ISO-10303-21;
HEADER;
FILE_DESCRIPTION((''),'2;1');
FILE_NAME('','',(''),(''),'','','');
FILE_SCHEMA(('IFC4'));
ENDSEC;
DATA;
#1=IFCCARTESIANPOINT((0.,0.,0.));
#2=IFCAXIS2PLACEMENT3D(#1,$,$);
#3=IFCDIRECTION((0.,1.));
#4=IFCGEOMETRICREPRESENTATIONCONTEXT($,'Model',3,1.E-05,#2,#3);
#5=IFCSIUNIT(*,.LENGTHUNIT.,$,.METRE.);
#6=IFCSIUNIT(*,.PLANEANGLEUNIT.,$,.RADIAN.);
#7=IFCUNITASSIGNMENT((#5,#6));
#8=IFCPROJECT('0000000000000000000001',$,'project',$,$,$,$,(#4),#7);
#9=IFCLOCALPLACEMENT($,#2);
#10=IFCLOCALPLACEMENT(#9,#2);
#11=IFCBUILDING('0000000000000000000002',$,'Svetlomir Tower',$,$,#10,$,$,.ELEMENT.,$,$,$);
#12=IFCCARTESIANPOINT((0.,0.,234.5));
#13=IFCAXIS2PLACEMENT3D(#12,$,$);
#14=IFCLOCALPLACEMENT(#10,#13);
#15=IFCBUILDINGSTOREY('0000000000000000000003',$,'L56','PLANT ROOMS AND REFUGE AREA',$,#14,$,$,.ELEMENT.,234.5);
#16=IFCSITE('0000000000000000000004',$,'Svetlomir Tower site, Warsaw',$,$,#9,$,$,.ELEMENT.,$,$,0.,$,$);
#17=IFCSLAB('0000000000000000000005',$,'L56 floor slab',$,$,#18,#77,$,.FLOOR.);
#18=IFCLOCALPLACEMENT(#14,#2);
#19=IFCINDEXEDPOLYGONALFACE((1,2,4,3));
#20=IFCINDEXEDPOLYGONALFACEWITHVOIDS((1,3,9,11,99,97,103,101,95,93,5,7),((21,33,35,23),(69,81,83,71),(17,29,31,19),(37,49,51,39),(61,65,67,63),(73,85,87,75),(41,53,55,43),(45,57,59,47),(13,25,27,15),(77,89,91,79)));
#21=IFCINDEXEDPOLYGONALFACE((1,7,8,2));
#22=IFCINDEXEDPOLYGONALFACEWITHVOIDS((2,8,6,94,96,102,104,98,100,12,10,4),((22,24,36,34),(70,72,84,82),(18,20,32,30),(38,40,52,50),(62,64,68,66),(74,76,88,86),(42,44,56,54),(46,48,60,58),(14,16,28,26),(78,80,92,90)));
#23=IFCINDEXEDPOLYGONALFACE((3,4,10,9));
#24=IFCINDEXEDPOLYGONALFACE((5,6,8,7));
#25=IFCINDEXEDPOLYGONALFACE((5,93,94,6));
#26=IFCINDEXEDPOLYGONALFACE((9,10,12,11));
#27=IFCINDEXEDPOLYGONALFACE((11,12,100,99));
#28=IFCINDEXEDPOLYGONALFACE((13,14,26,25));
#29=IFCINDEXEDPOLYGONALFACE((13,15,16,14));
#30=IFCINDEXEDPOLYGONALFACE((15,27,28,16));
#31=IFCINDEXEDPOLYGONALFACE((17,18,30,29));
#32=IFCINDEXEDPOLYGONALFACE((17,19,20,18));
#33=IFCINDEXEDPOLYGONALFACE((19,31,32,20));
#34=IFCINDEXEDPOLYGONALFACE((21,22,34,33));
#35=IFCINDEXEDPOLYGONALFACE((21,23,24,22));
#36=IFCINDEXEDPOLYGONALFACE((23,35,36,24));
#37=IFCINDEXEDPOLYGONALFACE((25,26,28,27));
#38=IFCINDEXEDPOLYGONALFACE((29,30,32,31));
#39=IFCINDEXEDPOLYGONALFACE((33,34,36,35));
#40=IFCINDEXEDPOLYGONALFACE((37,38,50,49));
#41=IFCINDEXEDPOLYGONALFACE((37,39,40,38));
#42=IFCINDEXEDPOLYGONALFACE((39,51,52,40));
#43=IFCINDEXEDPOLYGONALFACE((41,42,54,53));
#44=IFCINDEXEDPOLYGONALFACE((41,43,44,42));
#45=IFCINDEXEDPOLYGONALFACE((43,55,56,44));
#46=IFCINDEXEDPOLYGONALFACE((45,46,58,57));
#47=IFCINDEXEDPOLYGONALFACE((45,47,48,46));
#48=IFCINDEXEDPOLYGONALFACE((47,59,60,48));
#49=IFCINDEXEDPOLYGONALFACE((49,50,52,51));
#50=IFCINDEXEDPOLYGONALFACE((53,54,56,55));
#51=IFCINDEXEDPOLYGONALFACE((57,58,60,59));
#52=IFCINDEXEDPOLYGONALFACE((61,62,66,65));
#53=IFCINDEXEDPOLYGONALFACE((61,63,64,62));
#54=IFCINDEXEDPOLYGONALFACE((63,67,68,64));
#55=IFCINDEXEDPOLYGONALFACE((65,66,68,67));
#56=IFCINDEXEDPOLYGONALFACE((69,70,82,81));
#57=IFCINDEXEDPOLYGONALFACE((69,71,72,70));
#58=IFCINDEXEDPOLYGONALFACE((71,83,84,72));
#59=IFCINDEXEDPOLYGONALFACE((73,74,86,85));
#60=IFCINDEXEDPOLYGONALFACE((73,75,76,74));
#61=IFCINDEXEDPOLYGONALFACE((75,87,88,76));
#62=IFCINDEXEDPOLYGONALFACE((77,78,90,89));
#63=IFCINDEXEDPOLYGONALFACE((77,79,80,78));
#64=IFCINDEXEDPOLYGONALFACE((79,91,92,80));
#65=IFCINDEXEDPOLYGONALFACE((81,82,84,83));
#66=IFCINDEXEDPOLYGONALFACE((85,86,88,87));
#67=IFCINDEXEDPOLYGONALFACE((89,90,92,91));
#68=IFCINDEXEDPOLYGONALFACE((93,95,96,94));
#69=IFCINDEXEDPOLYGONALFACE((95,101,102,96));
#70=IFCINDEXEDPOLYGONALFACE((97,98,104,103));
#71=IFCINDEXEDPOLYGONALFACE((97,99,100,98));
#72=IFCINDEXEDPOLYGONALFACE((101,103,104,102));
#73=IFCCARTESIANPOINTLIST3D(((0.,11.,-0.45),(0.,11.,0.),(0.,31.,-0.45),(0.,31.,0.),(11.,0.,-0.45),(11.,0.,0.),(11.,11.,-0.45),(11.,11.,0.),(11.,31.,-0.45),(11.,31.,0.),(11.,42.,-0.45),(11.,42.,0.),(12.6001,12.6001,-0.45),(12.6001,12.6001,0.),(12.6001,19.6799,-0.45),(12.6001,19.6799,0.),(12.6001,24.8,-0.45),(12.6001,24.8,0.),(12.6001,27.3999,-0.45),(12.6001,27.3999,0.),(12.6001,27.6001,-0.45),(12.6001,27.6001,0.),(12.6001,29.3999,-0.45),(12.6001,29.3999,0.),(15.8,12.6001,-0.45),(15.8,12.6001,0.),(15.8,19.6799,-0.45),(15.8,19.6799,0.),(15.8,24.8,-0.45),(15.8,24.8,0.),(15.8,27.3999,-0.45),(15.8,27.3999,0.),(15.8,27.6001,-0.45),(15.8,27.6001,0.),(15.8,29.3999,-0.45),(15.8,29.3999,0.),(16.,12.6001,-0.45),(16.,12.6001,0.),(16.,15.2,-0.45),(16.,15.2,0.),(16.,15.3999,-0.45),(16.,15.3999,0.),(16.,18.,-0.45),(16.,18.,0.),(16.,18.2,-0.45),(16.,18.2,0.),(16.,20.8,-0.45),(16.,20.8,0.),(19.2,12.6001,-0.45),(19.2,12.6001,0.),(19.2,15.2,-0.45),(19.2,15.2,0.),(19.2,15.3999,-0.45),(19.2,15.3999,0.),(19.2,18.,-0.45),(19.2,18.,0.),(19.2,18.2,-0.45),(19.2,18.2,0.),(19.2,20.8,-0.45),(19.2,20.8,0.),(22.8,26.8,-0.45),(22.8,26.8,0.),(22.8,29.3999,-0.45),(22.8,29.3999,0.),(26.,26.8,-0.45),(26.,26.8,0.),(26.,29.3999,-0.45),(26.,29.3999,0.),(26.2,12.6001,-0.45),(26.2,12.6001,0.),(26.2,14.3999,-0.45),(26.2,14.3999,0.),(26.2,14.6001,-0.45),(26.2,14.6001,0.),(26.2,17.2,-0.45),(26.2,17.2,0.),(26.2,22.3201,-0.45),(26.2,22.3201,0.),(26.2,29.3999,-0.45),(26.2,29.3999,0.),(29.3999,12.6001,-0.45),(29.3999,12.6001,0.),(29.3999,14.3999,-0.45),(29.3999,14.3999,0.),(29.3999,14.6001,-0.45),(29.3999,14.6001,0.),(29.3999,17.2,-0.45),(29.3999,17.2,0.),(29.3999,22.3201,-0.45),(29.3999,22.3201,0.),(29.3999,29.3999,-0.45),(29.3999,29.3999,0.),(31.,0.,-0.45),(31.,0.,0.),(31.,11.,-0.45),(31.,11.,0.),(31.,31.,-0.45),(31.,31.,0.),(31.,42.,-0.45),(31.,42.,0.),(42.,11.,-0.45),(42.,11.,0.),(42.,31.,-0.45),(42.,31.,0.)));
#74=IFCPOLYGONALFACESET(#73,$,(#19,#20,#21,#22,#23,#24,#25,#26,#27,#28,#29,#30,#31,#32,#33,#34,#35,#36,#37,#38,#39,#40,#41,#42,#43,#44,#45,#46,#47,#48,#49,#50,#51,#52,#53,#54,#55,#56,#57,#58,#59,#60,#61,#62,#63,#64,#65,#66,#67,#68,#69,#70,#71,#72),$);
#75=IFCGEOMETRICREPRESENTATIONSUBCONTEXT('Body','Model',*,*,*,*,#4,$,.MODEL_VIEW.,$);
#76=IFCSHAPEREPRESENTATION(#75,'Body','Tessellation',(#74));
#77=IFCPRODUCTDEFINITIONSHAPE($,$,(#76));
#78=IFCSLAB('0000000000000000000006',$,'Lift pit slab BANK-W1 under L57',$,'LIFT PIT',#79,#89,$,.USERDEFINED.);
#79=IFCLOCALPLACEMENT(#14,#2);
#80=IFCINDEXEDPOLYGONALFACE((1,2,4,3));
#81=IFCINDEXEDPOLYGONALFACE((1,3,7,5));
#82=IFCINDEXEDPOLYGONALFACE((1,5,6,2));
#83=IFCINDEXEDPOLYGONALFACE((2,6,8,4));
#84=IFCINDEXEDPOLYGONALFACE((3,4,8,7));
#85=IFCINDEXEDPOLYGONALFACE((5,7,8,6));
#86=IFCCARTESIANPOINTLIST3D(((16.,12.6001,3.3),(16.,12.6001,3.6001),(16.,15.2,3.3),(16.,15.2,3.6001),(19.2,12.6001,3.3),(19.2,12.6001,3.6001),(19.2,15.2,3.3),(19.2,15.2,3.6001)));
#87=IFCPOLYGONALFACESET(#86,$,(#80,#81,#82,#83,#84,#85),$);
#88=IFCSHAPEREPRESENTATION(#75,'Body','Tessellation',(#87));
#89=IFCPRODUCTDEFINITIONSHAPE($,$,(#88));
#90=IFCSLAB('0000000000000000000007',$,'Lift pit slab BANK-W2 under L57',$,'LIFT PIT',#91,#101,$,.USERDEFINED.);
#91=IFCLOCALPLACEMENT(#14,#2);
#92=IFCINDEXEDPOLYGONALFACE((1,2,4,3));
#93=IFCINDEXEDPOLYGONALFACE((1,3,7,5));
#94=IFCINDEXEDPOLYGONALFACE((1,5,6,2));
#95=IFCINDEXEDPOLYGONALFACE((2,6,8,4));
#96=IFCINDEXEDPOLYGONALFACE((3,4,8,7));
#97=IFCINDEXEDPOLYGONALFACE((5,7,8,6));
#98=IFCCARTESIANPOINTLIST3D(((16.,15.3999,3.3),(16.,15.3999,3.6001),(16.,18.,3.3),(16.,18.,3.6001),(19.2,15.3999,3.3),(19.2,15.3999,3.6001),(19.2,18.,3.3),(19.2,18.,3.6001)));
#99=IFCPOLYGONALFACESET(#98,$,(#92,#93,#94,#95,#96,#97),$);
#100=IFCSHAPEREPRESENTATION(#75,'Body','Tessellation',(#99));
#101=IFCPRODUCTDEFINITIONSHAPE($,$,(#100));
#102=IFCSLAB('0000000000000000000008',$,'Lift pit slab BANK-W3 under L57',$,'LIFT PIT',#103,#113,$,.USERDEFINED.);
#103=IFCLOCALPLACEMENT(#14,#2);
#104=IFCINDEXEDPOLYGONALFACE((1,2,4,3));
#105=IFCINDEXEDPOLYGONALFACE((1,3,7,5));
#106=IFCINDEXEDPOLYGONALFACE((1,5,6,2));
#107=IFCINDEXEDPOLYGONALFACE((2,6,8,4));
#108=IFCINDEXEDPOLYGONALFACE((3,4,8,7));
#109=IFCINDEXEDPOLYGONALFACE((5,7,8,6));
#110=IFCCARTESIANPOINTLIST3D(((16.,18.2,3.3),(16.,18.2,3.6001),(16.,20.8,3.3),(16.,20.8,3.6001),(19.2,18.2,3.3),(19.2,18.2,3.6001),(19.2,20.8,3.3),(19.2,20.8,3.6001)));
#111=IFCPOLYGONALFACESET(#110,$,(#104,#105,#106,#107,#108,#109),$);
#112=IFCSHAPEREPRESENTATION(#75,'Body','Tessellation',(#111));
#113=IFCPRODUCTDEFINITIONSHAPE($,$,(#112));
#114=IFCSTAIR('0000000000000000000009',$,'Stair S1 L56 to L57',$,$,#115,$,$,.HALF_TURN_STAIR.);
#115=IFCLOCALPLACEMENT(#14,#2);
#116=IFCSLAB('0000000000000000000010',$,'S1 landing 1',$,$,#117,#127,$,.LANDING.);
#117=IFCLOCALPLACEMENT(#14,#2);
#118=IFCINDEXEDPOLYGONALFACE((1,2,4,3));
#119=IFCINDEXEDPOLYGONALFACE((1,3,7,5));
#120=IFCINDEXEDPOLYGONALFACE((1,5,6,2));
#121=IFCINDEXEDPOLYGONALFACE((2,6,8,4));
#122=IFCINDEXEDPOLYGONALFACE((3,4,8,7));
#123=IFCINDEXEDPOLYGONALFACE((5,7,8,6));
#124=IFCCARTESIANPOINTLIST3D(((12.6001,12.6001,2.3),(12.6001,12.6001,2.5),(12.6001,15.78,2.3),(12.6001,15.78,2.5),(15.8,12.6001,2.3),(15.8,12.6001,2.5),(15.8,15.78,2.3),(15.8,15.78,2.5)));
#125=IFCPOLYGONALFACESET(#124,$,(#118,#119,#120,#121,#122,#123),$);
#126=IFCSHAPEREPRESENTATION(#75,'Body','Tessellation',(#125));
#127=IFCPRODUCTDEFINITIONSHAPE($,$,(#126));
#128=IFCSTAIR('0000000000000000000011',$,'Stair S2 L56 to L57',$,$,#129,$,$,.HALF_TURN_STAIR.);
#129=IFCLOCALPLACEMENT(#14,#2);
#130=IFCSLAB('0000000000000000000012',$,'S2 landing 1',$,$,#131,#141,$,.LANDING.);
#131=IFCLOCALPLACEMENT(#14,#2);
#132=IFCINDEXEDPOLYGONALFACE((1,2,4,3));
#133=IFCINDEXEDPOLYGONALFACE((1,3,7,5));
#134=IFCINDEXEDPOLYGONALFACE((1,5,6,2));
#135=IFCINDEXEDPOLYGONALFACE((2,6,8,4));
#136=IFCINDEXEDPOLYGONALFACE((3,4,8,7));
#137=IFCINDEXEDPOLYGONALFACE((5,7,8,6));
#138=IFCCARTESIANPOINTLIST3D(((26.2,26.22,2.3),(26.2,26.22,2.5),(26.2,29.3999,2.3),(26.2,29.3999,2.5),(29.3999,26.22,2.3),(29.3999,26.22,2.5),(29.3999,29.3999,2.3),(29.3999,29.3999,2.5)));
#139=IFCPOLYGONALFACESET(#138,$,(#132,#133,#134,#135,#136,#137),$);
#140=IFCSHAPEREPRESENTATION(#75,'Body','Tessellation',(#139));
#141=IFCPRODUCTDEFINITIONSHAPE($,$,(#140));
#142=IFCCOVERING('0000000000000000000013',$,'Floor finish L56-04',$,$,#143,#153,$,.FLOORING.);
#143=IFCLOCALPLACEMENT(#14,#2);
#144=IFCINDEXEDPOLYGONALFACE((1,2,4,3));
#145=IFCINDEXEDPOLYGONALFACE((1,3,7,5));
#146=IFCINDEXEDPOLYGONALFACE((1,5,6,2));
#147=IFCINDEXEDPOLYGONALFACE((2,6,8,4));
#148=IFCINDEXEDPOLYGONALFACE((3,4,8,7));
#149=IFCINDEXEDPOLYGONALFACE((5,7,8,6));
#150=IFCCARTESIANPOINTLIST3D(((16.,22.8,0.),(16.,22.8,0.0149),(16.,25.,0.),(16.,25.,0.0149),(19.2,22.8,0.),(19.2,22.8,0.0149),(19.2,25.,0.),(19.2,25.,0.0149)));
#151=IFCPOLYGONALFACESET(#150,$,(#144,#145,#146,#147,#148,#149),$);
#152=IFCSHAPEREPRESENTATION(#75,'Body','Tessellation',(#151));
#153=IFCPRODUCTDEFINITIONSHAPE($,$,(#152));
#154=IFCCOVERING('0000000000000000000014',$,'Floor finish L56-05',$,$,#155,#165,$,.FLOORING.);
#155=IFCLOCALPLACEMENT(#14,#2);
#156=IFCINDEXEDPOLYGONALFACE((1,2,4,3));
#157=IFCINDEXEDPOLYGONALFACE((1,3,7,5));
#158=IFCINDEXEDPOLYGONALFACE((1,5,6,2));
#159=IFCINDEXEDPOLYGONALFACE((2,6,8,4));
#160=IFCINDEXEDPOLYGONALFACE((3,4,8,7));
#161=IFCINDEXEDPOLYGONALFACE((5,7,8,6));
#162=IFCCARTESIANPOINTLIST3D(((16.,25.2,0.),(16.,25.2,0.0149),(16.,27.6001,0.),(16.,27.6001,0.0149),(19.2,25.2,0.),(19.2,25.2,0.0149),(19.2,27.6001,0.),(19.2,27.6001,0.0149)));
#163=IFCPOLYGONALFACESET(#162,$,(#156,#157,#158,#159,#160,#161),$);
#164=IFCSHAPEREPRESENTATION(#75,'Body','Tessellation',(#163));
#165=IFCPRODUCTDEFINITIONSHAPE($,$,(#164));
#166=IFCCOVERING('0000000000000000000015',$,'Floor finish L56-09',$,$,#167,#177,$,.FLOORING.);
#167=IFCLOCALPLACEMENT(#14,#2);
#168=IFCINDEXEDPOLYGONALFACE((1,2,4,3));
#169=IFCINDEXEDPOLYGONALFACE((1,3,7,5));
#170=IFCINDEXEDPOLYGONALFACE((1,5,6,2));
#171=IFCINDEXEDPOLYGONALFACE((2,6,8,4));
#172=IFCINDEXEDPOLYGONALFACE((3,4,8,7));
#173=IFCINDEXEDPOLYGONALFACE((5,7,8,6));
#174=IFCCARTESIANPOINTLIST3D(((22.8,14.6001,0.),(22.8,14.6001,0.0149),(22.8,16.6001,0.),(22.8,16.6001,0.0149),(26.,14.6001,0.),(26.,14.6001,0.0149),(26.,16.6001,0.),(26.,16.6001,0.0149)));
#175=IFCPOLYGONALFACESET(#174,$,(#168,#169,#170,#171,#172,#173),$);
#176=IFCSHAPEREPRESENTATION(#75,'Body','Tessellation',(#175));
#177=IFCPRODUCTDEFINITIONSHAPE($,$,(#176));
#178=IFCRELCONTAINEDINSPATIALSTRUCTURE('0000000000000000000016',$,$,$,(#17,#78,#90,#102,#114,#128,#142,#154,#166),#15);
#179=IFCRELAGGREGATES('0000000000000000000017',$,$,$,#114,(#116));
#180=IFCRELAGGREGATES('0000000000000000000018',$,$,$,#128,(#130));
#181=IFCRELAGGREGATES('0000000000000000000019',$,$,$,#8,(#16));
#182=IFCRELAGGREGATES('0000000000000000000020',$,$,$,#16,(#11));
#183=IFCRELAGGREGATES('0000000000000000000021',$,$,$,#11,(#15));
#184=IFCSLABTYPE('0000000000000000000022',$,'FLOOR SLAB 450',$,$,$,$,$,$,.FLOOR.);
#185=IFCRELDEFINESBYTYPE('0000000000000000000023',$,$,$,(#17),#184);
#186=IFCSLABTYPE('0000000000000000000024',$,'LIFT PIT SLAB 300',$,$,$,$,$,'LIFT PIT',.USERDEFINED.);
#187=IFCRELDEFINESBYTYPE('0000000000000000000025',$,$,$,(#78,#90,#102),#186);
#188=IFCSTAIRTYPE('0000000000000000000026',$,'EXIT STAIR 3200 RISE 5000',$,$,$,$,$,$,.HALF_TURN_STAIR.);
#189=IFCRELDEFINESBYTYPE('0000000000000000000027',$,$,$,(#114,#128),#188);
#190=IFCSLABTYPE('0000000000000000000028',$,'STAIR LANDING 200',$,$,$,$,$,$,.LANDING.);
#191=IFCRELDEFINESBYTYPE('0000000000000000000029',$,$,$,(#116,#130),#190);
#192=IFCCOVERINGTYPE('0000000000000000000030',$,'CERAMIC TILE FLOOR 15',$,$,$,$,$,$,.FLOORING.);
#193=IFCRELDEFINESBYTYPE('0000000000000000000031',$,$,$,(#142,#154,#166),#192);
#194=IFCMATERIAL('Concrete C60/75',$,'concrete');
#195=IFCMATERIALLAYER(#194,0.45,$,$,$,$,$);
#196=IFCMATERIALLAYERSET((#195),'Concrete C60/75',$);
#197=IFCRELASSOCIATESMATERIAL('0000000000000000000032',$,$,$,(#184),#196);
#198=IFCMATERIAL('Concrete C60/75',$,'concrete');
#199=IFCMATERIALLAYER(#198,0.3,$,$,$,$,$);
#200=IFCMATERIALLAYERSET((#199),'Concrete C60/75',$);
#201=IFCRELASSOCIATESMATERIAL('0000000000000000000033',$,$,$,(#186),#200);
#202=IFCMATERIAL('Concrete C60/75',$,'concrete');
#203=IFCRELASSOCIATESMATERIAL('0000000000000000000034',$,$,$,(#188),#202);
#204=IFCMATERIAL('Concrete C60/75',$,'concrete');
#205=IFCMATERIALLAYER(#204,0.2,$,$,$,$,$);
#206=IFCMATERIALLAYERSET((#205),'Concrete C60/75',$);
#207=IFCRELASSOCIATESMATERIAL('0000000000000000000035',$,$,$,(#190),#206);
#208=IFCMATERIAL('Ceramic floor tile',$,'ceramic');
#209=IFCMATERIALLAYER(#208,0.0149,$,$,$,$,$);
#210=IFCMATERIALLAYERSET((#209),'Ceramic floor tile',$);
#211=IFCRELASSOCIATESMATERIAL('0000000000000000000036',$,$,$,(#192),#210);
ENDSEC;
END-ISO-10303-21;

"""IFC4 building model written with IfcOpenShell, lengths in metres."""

from ifc_helpers import new_model, si_unit, direction, frame, origin, place, context, subcontext, project, spatial, polyline, outline, extrude, material, layer, layer_set, type_object, element, aggregate, save


model = new_model("IFC4")

# Units and contexts
model_context = context("Model", 3, precision=1e-05, world=origin(), true_north=direction((0.0, 1.0)))
body_context = subcontext(model_context, "Body", "Model", "MODEL_VIEW")
ifc_project = project(units=[si_unit("LENGTHUNIT", "METRE"), si_unit("PLANEANGLEUNIT", "RADIAN")], contexts=[model_context])

# Site, building, storey
site_placement = place(None, origin())
site = spatial("IfcSite", under=ifc_project, at=site_placement, Name="Svetlomir Tower site, Warsaw", CompositionType="ELEMENT", RefElevation=0.0)
building_placement = place(site_placement, origin())
building = spatial("IfcBuilding", under=site, at=building_placement, Name="Svetlomir Tower", CompositionType="ELEMENT")
storey_placement = place(building_placement, frame((0.0, 0.0, 234.5)))
storey = spatial("IfcBuildingStorey", under=building, at=storey_placement, Name="L56", Description="PLANT ROOMS AND REFUGE AREA", CompositionType="ELEMENT", Elevation=234.5)

# Slabs
ifc_material_1 = material(Name="Concrete C60/75", Category="concrete")
ifc_layer_1 = layer(ifc_material_1, 0.45)
ifc_layer_set_1 = layer_set([ifc_layer_1], Name="Concrete C60/75")
slab_type_1 = type_object("IfcSlabType", Name="FLOOR SLAB 450", PredefinedType="FLOOR", material=ifc_layer_set_1)
slab_1_placement = place(storey_placement, frame((0.0, 0.0, -0.45)))
element("IfcSlab", 1, at=slab_1_placement, inside=storey, type_object=slab_type_1, Name="L56 floor slab", PredefinedType="FLOOR", context=body_context, shape_type="SweptSolid", body=[
    extrude(outline(polyline([(11.0, 0.0), (31.0, 0.0), (31.0, 11.0), (42.0, 11.0), (42.0, 31.0), (31.0, 31.0), (31.0, 42.0), (11.0, 42.0), (11.0, 31.0), (0.0, 31.0), (0.0, 11.0), (11.0, 11.0), (11.0, 0.0)]), holes=[polyline([(12.6001, 24.8), (15.8, 24.8), (15.8, 27.3999), (12.6001, 27.3999), (12.6001, 24.8)]), polyline([(26.2, 14.6001), (29.3999, 14.6001), (29.3999, 17.2), (26.2, 17.2), (26.2, 14.6001)]), polyline([(16.0, 12.6001), (19.2, 12.6001), (19.2, 15.2), (16.0, 15.2), (16.0, 12.6001)]), polyline([(16.0, 15.3999), (19.2, 15.3999), (19.2, 18.0), (16.0, 18.0), (16.0, 15.3999)]), polyline([(16.0, 18.2), (19.2, 18.2), (19.2, 20.8), (16.0, 20.8), (16.0, 18.2)]), polyline([(22.8, 26.8), (26.0, 26.8), (26.0, 29.3999), (22.8, 29.3999), (22.8, 26.8)]), polyline([(12.6001, 27.6001), (15.8, 27.6001), (15.8, 29.3999), (12.6001, 29.3999), (12.6001, 27.6001)]), polyline([(26.2, 12.6001), (29.3999, 12.6001), (29.3999, 14.3999), (26.2, 14.3999), (26.2, 12.6001)]), polyline([(12.6001, 12.6001), (15.8, 12.6001), (15.8, 19.6799), (12.6001, 19.6799), (12.6001, 12.6001)]), polyline([(26.2, 22.3201), (29.3999, 22.3201), (29.3999, 29.3999), (26.2, 29.3999), (26.2, 22.3201)])]), origin(), (0.0, 0.0, 1.0), 0.45),
])
ifc_material_2 = material(Name="Concrete C60/75", Category="concrete")
ifc_layer_2 = layer(ifc_material_2, 0.3)
ifc_layer_set_2 = layer_set([ifc_layer_2], Name="Concrete C60/75")
slab_type_2 = type_object("IfcSlabType", Name="LIFT PIT SLAB 300", ElementType="LIFT PIT", PredefinedType="USERDEFINED", material=ifc_layer_set_2)
slab_2_placement = place(storey_placement, frame((0.0, 0.0, 3.3)))
element("IfcSlab", 2, at=slab_2_placement, inside=storey, type_object=slab_type_2, Name="Lift pit slab BANK-W1 under L57", ObjectType="LIFT PIT", PredefinedType="USERDEFINED", context=body_context, shape_type="SweptSolid", body=[
    extrude(outline(polyline([(16.0, 12.6001), (19.2, 12.6001), (19.2, 15.2), (16.0, 15.2), (16.0, 12.6001)])), origin(), (0.0, 0.0, 1.0), 0.3),
])
slab_3_placement = place(storey_placement, frame((0.0, 0.0, 3.3)))
element("IfcSlab", 3, at=slab_3_placement, inside=storey, type_object=slab_type_2, Name="Lift pit slab BANK-W2 under L57", ObjectType="LIFT PIT", PredefinedType="USERDEFINED", context=body_context, shape_type="SweptSolid", body=[
    extrude(outline(polyline([(16.0, 15.3999), (19.2, 15.3999), (19.2, 18.0), (16.0, 18.0), (16.0, 15.3999)])), origin(), (0.0, 0.0, 1.0), 0.3),
])
slab_4_placement = place(storey_placement, frame((0.0, 0.0, 3.3)))
element("IfcSlab", 4, at=slab_4_placement, inside=storey, type_object=slab_type_2, Name="Lift pit slab BANK-W3 under L57", ObjectType="LIFT PIT", PredefinedType="USERDEFINED", context=body_context, shape_type="SweptSolid", body=[
    extrude(outline(polyline([(16.0, 18.2), (19.2, 18.2), (19.2, 20.8), (16.0, 20.8), (16.0, 18.2)])), origin(), (0.0, 0.0, 1.0), 0.3),
])

# Stairs, slabs
ifc_material_3 = material(Name="Concrete C60/75", Category="concrete")
stair_type = type_object("IfcStairType", Name="EXIT STAIR 3200 RISE 5000", PredefinedType="HALF_TURN_STAIR", material=ifc_material_3)
stair_1_placement = place(storey_placement, origin())
stair_1 = element("IfcStair", 5, at=stair_1_placement, inside=storey, type_object=stair_type, Name="Stair S1 L56 to L57", PredefinedType="HALF_TURN_STAIR")
ifc_material_4 = material(Name="Concrete C60/75", Category="concrete")
ifc_layer_3 = layer(ifc_material_4, 0.2)
ifc_layer_set_3 = layer_set([ifc_layer_3], Name="Concrete C60/75")
slab_type_3 = type_object("IfcSlabType", Name="STAIR LANDING 200", PredefinedType="LANDING", material=ifc_layer_set_3)
slab_5_placement = place(storey_placement, frame((0.0, 0.0, 2.3)))
slab_5 = element("IfcSlab", 6, at=slab_5_placement, type_object=slab_type_3, Name="S1 landing 1", PredefinedType="LANDING", context=body_context, shape_type="SweptSolid", body=[
    extrude(outline(polyline([(12.6001, 12.6001), (15.8, 12.6001), (15.8, 15.78), (12.6001, 15.78), (12.6001, 12.6001)])), origin(), (0.0, 0.0, 1.0), 0.2),
])
aggregate(stair_1, [slab_5])
stair_2_placement = place(storey_placement, origin())
stair_2 = element("IfcStair", 7, at=stair_2_placement, inside=storey, type_object=stair_type, Name="Stair S2 L56 to L57", PredefinedType="HALF_TURN_STAIR")
slab_6_placement = place(storey_placement, frame((0.0, 0.0, 2.3)))
slab_6 = element("IfcSlab", 8, at=slab_6_placement, type_object=slab_type_3, Name="S2 landing 1", PredefinedType="LANDING", context=body_context, shape_type="SweptSolid", body=[
    extrude(outline(polyline([(26.2, 26.22), (29.3999, 26.22), (29.3999, 29.3999), (26.2, 29.3999), (26.2, 26.22)])), origin(), (0.0, 0.0, 1.0), 0.2),
])
aggregate(stair_2, [slab_6])

# Coverings
ifc_material_5 = material(Name="Ceramic floor tile", Category="ceramic")
ifc_layer_4 = layer(ifc_material_5, 0.0149)
ifc_layer_set_4 = layer_set([ifc_layer_4], Name="Ceramic floor tile")
covering_type_1 = type_object("IfcCoveringType", Name="CERAMIC TILE FLOOR 15", PredefinedType="FLOORING", material=ifc_layer_set_4)
covering_1_placement = place(storey_placement, origin())
element("IfcCovering", 9, at=covering_1_placement, inside=storey, type_object=covering_type_1, Name="Floor finish L56-04", PredefinedType="FLOORING", context=body_context, shape_type="SweptSolid", body=[
    extrude(outline(polyline([(16.0, 22.8), (19.2, 22.8), (19.2, 25.0), (16.0, 25.0), (16.0, 22.8)])), origin(), (0.0, 0.0, 1.0), 0.0149),
])
covering_2_placement = place(storey_placement, origin())
element("IfcCovering", 10, at=covering_2_placement, inside=storey, type_object=covering_type_1, Name="Floor finish L56-05", PredefinedType="FLOORING", context=body_context, shape_type="SweptSolid", body=[
    extrude(outline(polyline([(16.0, 25.2), (19.2, 25.2), (19.2, 27.6001), (16.0, 27.6001), (16.0, 25.2)])), origin(), (0.0, 0.0, 1.0), 0.0149),
])
covering_3_placement = place(storey_placement, origin())
element("IfcCovering", 11, at=covering_3_placement, inside=storey, type_object=covering_type_1, Name="Floor finish L56-09", PredefinedType="FLOORING", context=body_context, shape_type="SweptSolid", body=[
    extrude(outline(polyline([(22.8, 14.6001), (26.0, 14.6001), (26.0, 16.6001), (22.8, 16.6001), (22.8, 14.6001)])), origin(), (0.0, 0.0, 1.0), 0.0149),
])

save(model, "model.ifc")
